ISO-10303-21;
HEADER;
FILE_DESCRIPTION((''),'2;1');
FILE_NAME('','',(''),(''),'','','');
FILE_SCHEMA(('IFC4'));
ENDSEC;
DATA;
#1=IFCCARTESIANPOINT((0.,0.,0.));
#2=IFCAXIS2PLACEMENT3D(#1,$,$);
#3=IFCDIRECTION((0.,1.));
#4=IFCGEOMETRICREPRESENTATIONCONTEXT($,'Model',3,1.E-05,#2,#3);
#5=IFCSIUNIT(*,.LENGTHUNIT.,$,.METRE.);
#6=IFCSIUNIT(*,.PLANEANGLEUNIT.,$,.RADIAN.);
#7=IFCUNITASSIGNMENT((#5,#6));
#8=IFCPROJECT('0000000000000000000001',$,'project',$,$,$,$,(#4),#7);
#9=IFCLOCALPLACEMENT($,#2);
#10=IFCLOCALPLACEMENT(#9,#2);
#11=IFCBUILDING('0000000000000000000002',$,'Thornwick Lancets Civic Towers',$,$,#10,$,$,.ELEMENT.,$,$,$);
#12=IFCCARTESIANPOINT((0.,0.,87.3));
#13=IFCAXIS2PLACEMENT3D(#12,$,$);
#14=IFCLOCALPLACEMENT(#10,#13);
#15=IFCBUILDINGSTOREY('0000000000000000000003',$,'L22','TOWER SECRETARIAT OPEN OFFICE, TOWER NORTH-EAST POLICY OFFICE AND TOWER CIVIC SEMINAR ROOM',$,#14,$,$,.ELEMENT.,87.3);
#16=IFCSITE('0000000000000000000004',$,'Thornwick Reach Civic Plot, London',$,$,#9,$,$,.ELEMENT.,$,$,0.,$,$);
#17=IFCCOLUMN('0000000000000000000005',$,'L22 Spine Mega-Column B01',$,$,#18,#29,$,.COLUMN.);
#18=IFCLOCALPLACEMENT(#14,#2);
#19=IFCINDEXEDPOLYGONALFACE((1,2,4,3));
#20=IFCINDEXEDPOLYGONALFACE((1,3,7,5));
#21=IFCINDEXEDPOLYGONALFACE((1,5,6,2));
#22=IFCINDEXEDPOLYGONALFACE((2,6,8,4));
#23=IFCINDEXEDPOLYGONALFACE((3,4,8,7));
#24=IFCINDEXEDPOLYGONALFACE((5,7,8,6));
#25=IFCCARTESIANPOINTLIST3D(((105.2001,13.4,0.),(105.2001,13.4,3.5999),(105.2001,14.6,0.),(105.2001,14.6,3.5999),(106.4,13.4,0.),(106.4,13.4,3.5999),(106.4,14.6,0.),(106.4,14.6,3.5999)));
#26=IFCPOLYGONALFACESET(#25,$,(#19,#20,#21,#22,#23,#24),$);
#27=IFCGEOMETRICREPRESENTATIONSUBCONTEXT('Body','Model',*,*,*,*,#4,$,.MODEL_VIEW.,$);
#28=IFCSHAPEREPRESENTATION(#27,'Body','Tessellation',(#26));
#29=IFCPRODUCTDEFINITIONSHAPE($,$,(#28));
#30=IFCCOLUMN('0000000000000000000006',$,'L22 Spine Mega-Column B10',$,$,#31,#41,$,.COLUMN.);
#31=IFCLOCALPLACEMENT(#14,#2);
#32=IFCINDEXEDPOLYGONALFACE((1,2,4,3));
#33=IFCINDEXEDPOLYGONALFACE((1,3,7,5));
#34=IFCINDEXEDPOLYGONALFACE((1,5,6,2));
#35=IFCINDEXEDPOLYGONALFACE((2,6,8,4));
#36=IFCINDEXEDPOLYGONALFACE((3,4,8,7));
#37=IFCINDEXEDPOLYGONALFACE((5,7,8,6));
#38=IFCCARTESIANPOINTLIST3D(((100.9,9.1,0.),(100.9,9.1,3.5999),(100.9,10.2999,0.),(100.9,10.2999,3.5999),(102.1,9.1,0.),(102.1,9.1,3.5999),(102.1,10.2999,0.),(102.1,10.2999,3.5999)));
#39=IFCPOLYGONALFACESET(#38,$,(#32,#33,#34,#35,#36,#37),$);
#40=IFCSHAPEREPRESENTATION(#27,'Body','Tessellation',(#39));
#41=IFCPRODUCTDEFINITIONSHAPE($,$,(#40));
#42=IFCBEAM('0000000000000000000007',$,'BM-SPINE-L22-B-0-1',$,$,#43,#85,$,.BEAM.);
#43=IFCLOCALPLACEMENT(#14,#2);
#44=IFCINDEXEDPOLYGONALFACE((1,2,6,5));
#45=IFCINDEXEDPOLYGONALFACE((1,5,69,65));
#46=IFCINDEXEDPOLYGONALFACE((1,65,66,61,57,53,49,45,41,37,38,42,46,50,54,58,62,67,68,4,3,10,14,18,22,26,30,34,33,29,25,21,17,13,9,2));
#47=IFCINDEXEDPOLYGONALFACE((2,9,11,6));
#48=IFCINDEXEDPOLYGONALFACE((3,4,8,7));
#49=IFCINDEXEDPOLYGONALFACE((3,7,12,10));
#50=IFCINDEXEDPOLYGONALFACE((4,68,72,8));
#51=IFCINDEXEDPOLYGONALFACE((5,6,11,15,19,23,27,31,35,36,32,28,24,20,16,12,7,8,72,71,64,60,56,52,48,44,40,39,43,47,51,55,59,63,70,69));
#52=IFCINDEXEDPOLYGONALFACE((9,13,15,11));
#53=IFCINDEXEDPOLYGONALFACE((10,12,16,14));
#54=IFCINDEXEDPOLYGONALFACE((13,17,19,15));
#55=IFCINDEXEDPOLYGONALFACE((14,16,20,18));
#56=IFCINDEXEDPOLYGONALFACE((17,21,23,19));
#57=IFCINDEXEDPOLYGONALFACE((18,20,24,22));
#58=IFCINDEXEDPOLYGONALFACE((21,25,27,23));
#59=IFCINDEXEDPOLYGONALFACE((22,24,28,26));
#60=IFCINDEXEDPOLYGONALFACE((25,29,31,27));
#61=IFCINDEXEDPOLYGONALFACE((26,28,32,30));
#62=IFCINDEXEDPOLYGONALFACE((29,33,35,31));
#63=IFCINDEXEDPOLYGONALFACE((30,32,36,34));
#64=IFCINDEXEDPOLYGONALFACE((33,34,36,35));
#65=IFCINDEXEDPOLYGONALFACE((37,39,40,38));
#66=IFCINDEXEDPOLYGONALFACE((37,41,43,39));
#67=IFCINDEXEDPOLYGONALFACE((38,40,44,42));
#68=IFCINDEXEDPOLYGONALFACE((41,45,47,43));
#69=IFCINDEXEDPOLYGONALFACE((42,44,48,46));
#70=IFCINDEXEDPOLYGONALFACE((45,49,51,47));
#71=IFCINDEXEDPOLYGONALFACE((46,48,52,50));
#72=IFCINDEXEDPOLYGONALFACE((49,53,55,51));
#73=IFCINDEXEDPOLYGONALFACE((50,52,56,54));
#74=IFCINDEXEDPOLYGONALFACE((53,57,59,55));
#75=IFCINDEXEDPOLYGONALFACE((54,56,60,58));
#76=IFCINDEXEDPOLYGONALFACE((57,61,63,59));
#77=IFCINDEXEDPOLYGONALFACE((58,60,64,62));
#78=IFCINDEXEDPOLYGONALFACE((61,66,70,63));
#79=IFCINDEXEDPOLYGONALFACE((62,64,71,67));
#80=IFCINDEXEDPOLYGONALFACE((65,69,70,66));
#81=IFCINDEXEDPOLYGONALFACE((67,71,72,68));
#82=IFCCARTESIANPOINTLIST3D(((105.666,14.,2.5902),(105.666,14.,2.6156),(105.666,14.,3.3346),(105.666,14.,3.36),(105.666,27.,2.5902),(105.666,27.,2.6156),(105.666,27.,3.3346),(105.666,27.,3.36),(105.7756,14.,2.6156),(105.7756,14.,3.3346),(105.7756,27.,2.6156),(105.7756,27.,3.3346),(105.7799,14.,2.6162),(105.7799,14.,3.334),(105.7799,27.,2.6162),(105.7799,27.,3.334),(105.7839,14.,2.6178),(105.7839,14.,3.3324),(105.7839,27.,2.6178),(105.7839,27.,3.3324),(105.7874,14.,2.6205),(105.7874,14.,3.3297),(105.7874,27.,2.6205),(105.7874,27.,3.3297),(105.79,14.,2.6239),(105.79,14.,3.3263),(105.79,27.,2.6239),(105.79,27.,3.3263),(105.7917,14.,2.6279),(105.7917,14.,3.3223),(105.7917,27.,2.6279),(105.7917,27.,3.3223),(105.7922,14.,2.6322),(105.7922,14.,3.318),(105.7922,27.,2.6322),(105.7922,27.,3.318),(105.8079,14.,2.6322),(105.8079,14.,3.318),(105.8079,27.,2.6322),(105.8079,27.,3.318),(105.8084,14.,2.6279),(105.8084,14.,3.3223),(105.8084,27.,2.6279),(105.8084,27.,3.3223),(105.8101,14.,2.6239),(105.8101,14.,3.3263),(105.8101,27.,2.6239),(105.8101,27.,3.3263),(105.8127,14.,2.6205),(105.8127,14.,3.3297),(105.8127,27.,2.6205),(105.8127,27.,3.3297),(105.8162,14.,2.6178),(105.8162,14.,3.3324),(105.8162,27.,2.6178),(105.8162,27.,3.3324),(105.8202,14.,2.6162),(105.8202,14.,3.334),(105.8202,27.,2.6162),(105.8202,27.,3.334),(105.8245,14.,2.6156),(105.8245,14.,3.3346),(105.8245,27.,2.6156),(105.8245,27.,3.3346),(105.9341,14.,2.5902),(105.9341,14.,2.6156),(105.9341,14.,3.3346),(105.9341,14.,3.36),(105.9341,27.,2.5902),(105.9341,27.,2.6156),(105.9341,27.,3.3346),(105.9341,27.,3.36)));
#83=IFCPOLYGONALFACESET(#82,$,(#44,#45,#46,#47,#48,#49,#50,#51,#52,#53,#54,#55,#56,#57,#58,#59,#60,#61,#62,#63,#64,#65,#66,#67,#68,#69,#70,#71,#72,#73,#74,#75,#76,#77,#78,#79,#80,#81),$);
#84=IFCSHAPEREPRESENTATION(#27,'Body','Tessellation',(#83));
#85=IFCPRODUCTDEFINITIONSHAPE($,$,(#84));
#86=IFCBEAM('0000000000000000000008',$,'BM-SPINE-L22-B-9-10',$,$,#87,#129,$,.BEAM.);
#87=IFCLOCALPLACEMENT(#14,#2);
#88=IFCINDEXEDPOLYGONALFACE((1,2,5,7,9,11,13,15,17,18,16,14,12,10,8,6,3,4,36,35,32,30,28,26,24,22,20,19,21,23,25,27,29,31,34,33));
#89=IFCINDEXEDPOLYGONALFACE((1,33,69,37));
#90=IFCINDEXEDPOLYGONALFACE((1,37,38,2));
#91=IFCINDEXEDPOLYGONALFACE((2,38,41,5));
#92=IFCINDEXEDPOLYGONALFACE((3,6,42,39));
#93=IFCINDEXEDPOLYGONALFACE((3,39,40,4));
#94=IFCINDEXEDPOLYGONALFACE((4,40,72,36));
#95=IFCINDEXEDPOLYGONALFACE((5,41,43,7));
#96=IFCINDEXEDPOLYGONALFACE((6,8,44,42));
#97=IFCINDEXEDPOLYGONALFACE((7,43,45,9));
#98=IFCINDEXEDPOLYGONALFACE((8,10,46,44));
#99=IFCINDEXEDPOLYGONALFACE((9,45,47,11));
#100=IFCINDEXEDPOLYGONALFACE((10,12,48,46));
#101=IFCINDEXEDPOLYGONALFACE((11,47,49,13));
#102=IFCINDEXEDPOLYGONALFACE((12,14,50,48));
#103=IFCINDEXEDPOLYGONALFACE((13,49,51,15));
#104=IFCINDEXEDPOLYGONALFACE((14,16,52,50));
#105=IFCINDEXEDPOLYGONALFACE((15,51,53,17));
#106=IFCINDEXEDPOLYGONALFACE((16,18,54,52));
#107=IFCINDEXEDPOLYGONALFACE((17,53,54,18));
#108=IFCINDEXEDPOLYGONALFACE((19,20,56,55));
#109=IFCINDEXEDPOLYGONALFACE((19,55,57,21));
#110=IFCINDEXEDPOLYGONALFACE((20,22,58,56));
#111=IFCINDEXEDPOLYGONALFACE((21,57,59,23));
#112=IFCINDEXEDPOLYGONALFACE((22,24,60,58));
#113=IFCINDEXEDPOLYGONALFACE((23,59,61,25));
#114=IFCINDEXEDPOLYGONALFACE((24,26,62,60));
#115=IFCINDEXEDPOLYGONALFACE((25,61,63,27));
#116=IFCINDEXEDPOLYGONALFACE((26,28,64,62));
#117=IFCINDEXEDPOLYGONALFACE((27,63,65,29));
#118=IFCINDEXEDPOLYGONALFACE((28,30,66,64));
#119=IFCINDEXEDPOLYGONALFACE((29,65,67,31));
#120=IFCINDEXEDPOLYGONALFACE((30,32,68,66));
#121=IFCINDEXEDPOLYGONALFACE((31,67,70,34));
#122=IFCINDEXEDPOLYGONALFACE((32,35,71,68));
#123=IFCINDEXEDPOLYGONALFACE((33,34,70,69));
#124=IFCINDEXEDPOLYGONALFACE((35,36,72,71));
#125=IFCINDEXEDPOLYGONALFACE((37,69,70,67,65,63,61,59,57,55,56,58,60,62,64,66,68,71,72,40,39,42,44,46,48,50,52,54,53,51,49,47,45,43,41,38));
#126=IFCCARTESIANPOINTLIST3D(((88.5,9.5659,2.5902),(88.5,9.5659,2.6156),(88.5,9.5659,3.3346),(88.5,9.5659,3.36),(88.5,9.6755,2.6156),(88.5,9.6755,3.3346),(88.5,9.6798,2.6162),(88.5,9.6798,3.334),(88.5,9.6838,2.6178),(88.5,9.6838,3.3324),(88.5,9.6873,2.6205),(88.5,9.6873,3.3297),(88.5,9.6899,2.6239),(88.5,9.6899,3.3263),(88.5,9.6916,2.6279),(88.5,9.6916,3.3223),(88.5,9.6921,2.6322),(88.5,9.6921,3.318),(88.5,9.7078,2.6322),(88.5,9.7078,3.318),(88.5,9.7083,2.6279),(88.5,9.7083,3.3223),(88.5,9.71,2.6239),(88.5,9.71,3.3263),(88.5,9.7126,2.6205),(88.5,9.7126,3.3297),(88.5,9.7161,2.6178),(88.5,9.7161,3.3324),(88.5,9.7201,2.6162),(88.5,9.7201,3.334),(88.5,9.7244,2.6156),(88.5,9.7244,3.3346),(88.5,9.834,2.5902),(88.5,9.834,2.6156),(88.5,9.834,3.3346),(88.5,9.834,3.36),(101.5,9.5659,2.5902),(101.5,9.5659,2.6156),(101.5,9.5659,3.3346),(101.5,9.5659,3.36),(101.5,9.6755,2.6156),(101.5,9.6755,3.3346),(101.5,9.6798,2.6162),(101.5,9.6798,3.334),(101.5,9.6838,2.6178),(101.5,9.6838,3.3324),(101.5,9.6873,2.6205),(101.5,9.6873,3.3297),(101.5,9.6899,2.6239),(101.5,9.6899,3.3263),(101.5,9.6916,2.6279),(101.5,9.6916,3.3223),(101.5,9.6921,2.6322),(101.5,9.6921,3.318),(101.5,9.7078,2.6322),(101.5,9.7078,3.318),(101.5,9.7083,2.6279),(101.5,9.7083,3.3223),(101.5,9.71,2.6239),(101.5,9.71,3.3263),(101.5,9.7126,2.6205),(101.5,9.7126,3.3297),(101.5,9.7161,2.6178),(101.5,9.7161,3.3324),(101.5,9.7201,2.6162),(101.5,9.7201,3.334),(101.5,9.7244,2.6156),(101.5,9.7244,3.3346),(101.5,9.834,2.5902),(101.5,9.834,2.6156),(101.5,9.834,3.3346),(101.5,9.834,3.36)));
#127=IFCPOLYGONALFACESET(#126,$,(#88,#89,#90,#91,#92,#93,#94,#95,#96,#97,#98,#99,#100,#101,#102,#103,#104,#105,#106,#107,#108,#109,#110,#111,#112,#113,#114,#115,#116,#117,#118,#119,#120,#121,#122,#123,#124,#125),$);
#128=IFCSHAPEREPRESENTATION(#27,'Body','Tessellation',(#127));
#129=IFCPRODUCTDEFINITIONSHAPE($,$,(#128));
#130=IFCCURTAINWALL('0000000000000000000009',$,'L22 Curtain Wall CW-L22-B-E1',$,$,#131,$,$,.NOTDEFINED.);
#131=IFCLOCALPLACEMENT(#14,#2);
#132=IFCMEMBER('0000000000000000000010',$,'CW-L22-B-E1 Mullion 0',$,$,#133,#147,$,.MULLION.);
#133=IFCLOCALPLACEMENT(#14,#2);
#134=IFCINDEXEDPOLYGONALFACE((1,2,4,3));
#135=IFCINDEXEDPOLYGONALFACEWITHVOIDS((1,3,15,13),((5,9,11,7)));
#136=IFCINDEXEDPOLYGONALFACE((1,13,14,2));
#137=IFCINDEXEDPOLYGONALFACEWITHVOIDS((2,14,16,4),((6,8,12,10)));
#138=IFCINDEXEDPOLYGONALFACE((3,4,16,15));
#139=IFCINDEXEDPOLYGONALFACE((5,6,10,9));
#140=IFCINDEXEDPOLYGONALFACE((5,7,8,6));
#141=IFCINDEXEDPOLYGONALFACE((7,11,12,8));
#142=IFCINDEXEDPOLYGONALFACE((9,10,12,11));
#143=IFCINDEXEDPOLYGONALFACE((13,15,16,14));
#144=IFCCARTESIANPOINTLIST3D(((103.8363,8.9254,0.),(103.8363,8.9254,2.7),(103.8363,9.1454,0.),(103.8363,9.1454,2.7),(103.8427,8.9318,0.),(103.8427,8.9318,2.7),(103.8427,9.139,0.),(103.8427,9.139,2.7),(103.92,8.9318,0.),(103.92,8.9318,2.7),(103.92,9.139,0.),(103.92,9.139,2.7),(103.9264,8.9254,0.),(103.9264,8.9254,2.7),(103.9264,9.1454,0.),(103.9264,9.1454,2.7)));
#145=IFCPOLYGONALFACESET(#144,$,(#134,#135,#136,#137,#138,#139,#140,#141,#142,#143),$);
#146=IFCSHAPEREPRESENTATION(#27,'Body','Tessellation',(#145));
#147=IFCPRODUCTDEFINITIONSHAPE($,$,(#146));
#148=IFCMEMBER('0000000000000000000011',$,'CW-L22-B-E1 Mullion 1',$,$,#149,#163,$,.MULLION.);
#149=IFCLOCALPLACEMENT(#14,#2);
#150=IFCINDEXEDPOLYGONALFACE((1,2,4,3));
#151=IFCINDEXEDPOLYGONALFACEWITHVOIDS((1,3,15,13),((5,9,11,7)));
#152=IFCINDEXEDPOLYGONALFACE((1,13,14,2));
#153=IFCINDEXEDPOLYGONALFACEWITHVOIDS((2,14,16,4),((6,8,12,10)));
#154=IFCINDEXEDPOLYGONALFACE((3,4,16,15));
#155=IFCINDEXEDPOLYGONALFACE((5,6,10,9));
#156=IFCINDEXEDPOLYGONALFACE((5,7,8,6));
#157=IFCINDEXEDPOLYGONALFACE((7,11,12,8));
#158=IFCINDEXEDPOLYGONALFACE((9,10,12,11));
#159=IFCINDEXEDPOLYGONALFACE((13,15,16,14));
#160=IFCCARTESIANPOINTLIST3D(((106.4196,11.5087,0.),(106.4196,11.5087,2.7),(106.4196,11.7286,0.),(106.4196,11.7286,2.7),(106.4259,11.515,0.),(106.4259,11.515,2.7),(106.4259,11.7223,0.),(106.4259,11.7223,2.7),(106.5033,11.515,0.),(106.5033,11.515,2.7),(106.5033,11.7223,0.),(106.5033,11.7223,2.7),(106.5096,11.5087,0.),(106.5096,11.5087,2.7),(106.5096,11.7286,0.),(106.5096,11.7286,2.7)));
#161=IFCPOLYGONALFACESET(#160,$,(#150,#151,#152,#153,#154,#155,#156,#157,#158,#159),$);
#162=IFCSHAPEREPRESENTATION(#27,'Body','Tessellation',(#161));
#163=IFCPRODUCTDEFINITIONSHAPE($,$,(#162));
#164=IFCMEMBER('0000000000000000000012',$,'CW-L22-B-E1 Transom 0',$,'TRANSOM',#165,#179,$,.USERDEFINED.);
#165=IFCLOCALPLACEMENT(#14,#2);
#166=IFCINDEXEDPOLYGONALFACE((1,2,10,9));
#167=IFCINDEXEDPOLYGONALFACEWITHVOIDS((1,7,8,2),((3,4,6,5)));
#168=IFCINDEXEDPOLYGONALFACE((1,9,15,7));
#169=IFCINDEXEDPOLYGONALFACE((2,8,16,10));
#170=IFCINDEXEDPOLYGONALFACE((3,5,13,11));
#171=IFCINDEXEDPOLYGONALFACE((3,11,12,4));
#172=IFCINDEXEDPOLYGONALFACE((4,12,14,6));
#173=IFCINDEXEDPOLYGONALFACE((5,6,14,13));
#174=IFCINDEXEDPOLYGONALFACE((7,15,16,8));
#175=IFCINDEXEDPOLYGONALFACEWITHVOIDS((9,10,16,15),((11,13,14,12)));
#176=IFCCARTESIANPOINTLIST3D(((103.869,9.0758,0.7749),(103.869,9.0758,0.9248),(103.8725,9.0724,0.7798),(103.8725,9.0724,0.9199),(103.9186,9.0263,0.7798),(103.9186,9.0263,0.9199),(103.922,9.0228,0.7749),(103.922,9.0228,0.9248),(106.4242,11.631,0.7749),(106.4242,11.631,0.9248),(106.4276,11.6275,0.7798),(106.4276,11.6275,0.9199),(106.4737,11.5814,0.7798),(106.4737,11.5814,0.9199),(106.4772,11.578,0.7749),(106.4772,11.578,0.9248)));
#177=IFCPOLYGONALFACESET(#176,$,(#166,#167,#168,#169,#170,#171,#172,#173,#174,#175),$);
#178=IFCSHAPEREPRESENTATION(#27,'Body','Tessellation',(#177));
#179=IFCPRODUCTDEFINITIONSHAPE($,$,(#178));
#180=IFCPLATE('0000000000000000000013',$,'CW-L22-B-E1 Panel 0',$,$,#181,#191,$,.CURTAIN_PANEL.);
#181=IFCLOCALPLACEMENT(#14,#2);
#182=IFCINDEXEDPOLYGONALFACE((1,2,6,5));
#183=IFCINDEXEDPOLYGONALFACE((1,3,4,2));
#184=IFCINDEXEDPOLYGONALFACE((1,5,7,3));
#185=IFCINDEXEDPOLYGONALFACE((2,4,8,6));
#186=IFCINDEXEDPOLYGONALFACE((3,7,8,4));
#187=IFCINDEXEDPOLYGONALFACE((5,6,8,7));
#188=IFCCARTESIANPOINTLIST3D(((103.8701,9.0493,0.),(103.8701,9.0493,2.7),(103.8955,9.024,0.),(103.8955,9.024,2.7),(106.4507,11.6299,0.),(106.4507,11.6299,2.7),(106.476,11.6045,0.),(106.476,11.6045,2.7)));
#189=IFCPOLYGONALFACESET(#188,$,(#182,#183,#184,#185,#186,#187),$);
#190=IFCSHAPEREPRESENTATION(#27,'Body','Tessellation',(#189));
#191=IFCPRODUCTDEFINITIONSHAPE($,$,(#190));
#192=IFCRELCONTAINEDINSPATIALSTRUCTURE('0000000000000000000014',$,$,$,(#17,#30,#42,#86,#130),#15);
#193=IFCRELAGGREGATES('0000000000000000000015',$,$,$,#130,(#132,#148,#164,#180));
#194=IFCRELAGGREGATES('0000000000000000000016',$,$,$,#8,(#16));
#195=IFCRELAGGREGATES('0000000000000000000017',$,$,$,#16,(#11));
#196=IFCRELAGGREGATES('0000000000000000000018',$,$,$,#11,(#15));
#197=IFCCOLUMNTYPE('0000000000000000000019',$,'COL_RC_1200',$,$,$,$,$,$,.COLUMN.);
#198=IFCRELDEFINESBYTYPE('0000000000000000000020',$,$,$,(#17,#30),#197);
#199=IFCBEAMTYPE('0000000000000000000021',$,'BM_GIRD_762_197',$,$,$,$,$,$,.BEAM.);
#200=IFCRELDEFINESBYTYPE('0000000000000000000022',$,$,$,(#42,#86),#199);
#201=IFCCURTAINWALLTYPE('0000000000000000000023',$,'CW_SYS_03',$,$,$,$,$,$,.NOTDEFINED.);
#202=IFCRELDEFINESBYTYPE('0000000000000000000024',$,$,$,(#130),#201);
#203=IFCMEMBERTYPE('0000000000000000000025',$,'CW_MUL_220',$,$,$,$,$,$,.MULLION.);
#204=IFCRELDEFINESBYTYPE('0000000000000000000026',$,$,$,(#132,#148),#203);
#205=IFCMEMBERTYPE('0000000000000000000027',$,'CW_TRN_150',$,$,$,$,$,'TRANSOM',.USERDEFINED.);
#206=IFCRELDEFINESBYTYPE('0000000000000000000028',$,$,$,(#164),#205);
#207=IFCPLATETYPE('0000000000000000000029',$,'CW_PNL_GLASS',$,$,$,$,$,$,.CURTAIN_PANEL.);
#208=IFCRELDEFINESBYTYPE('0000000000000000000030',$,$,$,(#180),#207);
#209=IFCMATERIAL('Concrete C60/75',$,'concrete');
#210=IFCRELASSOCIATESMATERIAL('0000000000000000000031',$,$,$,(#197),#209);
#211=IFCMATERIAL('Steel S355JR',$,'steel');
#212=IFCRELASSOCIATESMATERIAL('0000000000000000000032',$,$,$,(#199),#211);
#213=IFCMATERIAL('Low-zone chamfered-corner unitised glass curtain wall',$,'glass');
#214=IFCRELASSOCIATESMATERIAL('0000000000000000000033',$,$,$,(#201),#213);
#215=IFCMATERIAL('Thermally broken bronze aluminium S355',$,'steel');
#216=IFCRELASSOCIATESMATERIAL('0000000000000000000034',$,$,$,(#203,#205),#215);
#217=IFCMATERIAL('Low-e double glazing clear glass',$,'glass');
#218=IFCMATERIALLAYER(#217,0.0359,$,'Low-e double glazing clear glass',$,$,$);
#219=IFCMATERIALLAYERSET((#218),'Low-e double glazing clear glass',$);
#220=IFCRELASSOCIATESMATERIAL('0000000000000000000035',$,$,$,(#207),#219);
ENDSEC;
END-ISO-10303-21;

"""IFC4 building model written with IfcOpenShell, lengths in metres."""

from ifc_helpers import new_model, si_unit, direction, frame, origin, origin_2d, place, context, subcontext, project, spatial, rectangle, hollow_rectangle, i_section, extrude, material, layer, layer_set, material_profile, profile_set, type_object, element, aggregate, save


model = new_model("IFC4")

# Units and contexts
model_context = context("Model", 3, precision=1e-05, world=origin(), true_north=direction((0.0, 1.0)))
body_context = subcontext(model_context, "Body", "Model", "MODEL_VIEW")
ifc_project = project(units=[si_unit("LENGTHUNIT", "METRE"), si_unit("PLANEANGLEUNIT", "RADIAN")], contexts=[model_context])

# Site, building, storey
site_placement = place(None, origin())
site = spatial("IfcSite", under=ifc_project, at=site_placement, Name="Thornwick Reach Civic Plot, London", CompositionType="ELEMENT", RefElevation=0.0)
building_placement = place(site_placement, origin())
building = spatial("IfcBuilding", under=site, at=building_placement, Name="Thornwick Lancets Civic Towers", CompositionType="ELEMENT")
storey_placement = place(building_placement, frame((0.0, 0.0, 87.3)))
storey = spatial("IfcBuildingStorey", under=building, at=storey_placement, Name="L22", Description="TOWER SECRETARIAT OPEN OFFICE, TOWER NORTH-EAST POLICY OFFICE AND TOWER CIVIC SEMINAR ROOM", CompositionType="ELEMENT", Elevation=87.3)

# Columns
ifc_material_1 = material(Name="Concrete C60/75", Category="concrete")
ifc_material_profile_1 = material_profile(ifc_material_1, rectangle(XDim=1.2, YDim=1.2, at=origin_2d()), Name="RC 1200x1200")
ifc_profile_set_1 = profile_set([ifc_material_profile_1], Name="Concrete C60/75")
column_type = type_object("IfcColumnType", Name="COL_RC_1200", PredefinedType="COLUMN", material=ifc_profile_set_1)
for number, where, z_axis, x_axis, name in (
    (1, (105.8, 14.0, 0.0), (0.0, 0.0, 1.0), (1.0, 0.0, 0.0), "L22 Spine Mega-Column B01"),
    (2, (101.5, 9.7, 0.0), (0.0, 0.0, 1.0), (1.0, 0.0, 0.0), "L22 Spine Mega-Column B10"),
):
    element("IfcColumn", number, at=place(storey_placement, frame(where, z_axis=z_axis, x_axis=x_axis)), inside=storey, type_object=column_type, Name=name, PredefinedType="COLUMN", context=body_context, shape_type="SweptSolid", body=[
        extrude(rectangle(XDim=1.2, YDim=1.2, at=origin_2d()), origin(), (0.0, 0.0, 1.0), 3.5999),
    ])

# Beams
ifc_material_2 = material(Name="Steel S355JR", Category="steel")
ifc_material_profile_2 = material_profile(ifc_material_2, i_section(OverallWidth=0.2681, OverallDepth=0.7698, WebThickness=0.0156, FlangeThickness=0.0254, FilletRadius=0.0166, at=origin_2d()), Name="UKB 762x267x197")
ifc_profile_set_2 = profile_set([ifc_material_profile_2], Name="Steel S355JR")
beam_type = type_object("IfcBeamType", Name="BM_GIRD_762_197", PredefinedType="BEAM", material=ifc_profile_set_2)
for number, where, z_axis, x_axis, name in (
    (3, (105.8, 14.0, 2.9751), (0.0, 1.0, 0.0), (-1.0, 0.0, 0.0), "BM-SPINE-L22-B-0-1"),
    (4, (101.5, 9.7, 2.9751), (-1.0, 0.0, 0.0), (0.0, -1.0, 0.0), "BM-SPINE-L22-B-9-10"),
):
    element("IfcBeam", number, at=place(storey_placement, frame(where, z_axis=z_axis, x_axis=x_axis)), inside=storey, type_object=beam_type, Name=name, PredefinedType="BEAM", context=body_context, shape_type="SweptSolid", body=[
        extrude(i_section(OverallWidth=0.2681, OverallDepth=0.7698, WebThickness=0.0156, FlangeThickness=0.0254, FilletRadius=0.0166, at=origin_2d()), origin(), (0.0, 0.0, 1.0), 13.0),
    ])

# Curtain wall, members, plate
ifc_material_3 = material(Name="Low-zone chamfered-corner unitised glass curtain wall", Category="glass")
curtain_wall_type = type_object("IfcCurtainWallType", Name="CW_SYS_03", PredefinedType="NOTDEFINED", material=ifc_material_3)
curtain_wall_placement = place(storey_placement, origin())
curtain_wall = element("IfcCurtainWall", 5, at=curtain_wall_placement, inside=storey, type_object=curtain_wall_type, Name="L22 Curtain Wall CW-L22-B-E1", PredefinedType="NOTDEFINED")
ifc_material_4 = material(Name="Thermally broken bronze aluminium S355", Category="steel")
ifc_material_profile_3 = material_profile(ifc_material_4, hollow_rectangle(XDim=0.0901, YDim=0.22, WallThickness=0.0063, at=origin_2d()), Name="RHS 220x90x6.3")
ifc_profile_set_3 = profile_set([ifc_material_profile_3], Name="Thermally broken bronze aluminium S355")
member_type_1 = type_object("IfcMemberType", Name="CW_MUL_220", PredefinedType="MULLION", material=ifc_profile_set_3)
member_1_placement = place(storey_placement, frame((103.8813, 9.0354, 0.0), z_axis=(0.0, 0.0, 1.0), x_axis=(1.0, 0.0, 0.0)))
member_1 = element("IfcMember", 6, at=member_1_placement, type_object=member_type_1, Name="CW-L22-B-E1 Mullion 0", PredefinedType="MULLION", context=body_context, shape_type="SweptSolid", body=[
    extrude(hollow_rectangle(XDim=0.0901, YDim=0.22, WallThickness=0.0063, at=origin_2d()), origin(), (0.0, 0.0, 1.0), 2.7),
])
member_2_placement = place(storey_placement, frame((106.4646, 11.6187, 0.0), z_axis=(0.0, 0.0, 1.0), x_axis=(1.0, 0.0, 0.0)))
member_2 = element("IfcMember", 7, at=member_2_placement, type_object=member_type_1, Name="CW-L22-B-E1 Mullion 1", PredefinedType="MULLION", context=body_context, shape_type="SweptSolid", body=[
    extrude(hollow_rectangle(XDim=0.0901, YDim=0.22, WallThickness=0.0063, at=origin_2d()), origin(), (0.0, 0.0, 1.0), 2.7),
])
ifc_material_profile_4 = material_profile(ifc_material_4, hollow_rectangle(XDim=0.075, YDim=0.1499, WallThickness=0.0049, at=origin_2d()), Name="RHS 150x75x5")
ifc_profile_set_4 = profile_set([ifc_material_profile_4], Name="Thermally broken bronze aluminium S355")
member_type_2 = type_object("IfcMemberType", Name="CW_TRN_150", ElementType="TRANSOM", PredefinedType="USERDEFINED", material=ifc_profile_set_4)
member_3_placement = place(storey_placement, frame((103.8955, 9.0493, 0.8499), z_axis=(0.707107, 0.707107, 0.0), x_axis=(-0.707107, 0.707107, 0.0)))
member_3 = element("IfcMember", 8, at=member_3_placement, type_object=member_type_2, Name="CW-L22-B-E1 Transom 0", ObjectType="TRANSOM", PredefinedType="USERDEFINED", context=body_context, shape_type="SweptSolid", body=[
    extrude(hollow_rectangle(XDim=0.075, YDim=0.1499, WallThickness=0.0049, at=origin_2d()), origin(), (0.0, 0.0, 1.0), 3.6135),
])
ifc_material_5 = material(Name="Low-e double glazing clear glass", Category="glass")
ifc_layer_1 = layer(ifc_material_5, 0.0359, Name="Low-e double glazing clear glass")
ifc_layer_set_1 = layer_set([ifc_layer_1], Name="Low-e double glazing clear glass")
plate_type = type_object("IfcPlateType", Name="CW_PNL_GLASS", PredefinedType="CURTAIN_PANEL", material=ifc_layer_set_1)
plate_placement = place(storey_placement, frame((105.1731, 10.3269, 0.0), z_axis=(0.0, 0.0, 1.0), x_axis=(0.707107, 0.707107, 0.0)))
plate = element("IfcPlate", 9, at=plate_placement, type_object=plate_type, Name="CW-L22-B-E1 Panel 0", PredefinedType="CURTAIN_PANEL", context=body_context, shape_type="SweptSolid", body=[
    extrude(rectangle(XDim=3.6494, YDim=0.0359, at=origin_2d()), origin(), (0.0, 0.0, 1.0), 2.7),
])
aggregate(curtain_wall, [member_1, member_2, member_3, plate])

save(model, "model.ifc")
